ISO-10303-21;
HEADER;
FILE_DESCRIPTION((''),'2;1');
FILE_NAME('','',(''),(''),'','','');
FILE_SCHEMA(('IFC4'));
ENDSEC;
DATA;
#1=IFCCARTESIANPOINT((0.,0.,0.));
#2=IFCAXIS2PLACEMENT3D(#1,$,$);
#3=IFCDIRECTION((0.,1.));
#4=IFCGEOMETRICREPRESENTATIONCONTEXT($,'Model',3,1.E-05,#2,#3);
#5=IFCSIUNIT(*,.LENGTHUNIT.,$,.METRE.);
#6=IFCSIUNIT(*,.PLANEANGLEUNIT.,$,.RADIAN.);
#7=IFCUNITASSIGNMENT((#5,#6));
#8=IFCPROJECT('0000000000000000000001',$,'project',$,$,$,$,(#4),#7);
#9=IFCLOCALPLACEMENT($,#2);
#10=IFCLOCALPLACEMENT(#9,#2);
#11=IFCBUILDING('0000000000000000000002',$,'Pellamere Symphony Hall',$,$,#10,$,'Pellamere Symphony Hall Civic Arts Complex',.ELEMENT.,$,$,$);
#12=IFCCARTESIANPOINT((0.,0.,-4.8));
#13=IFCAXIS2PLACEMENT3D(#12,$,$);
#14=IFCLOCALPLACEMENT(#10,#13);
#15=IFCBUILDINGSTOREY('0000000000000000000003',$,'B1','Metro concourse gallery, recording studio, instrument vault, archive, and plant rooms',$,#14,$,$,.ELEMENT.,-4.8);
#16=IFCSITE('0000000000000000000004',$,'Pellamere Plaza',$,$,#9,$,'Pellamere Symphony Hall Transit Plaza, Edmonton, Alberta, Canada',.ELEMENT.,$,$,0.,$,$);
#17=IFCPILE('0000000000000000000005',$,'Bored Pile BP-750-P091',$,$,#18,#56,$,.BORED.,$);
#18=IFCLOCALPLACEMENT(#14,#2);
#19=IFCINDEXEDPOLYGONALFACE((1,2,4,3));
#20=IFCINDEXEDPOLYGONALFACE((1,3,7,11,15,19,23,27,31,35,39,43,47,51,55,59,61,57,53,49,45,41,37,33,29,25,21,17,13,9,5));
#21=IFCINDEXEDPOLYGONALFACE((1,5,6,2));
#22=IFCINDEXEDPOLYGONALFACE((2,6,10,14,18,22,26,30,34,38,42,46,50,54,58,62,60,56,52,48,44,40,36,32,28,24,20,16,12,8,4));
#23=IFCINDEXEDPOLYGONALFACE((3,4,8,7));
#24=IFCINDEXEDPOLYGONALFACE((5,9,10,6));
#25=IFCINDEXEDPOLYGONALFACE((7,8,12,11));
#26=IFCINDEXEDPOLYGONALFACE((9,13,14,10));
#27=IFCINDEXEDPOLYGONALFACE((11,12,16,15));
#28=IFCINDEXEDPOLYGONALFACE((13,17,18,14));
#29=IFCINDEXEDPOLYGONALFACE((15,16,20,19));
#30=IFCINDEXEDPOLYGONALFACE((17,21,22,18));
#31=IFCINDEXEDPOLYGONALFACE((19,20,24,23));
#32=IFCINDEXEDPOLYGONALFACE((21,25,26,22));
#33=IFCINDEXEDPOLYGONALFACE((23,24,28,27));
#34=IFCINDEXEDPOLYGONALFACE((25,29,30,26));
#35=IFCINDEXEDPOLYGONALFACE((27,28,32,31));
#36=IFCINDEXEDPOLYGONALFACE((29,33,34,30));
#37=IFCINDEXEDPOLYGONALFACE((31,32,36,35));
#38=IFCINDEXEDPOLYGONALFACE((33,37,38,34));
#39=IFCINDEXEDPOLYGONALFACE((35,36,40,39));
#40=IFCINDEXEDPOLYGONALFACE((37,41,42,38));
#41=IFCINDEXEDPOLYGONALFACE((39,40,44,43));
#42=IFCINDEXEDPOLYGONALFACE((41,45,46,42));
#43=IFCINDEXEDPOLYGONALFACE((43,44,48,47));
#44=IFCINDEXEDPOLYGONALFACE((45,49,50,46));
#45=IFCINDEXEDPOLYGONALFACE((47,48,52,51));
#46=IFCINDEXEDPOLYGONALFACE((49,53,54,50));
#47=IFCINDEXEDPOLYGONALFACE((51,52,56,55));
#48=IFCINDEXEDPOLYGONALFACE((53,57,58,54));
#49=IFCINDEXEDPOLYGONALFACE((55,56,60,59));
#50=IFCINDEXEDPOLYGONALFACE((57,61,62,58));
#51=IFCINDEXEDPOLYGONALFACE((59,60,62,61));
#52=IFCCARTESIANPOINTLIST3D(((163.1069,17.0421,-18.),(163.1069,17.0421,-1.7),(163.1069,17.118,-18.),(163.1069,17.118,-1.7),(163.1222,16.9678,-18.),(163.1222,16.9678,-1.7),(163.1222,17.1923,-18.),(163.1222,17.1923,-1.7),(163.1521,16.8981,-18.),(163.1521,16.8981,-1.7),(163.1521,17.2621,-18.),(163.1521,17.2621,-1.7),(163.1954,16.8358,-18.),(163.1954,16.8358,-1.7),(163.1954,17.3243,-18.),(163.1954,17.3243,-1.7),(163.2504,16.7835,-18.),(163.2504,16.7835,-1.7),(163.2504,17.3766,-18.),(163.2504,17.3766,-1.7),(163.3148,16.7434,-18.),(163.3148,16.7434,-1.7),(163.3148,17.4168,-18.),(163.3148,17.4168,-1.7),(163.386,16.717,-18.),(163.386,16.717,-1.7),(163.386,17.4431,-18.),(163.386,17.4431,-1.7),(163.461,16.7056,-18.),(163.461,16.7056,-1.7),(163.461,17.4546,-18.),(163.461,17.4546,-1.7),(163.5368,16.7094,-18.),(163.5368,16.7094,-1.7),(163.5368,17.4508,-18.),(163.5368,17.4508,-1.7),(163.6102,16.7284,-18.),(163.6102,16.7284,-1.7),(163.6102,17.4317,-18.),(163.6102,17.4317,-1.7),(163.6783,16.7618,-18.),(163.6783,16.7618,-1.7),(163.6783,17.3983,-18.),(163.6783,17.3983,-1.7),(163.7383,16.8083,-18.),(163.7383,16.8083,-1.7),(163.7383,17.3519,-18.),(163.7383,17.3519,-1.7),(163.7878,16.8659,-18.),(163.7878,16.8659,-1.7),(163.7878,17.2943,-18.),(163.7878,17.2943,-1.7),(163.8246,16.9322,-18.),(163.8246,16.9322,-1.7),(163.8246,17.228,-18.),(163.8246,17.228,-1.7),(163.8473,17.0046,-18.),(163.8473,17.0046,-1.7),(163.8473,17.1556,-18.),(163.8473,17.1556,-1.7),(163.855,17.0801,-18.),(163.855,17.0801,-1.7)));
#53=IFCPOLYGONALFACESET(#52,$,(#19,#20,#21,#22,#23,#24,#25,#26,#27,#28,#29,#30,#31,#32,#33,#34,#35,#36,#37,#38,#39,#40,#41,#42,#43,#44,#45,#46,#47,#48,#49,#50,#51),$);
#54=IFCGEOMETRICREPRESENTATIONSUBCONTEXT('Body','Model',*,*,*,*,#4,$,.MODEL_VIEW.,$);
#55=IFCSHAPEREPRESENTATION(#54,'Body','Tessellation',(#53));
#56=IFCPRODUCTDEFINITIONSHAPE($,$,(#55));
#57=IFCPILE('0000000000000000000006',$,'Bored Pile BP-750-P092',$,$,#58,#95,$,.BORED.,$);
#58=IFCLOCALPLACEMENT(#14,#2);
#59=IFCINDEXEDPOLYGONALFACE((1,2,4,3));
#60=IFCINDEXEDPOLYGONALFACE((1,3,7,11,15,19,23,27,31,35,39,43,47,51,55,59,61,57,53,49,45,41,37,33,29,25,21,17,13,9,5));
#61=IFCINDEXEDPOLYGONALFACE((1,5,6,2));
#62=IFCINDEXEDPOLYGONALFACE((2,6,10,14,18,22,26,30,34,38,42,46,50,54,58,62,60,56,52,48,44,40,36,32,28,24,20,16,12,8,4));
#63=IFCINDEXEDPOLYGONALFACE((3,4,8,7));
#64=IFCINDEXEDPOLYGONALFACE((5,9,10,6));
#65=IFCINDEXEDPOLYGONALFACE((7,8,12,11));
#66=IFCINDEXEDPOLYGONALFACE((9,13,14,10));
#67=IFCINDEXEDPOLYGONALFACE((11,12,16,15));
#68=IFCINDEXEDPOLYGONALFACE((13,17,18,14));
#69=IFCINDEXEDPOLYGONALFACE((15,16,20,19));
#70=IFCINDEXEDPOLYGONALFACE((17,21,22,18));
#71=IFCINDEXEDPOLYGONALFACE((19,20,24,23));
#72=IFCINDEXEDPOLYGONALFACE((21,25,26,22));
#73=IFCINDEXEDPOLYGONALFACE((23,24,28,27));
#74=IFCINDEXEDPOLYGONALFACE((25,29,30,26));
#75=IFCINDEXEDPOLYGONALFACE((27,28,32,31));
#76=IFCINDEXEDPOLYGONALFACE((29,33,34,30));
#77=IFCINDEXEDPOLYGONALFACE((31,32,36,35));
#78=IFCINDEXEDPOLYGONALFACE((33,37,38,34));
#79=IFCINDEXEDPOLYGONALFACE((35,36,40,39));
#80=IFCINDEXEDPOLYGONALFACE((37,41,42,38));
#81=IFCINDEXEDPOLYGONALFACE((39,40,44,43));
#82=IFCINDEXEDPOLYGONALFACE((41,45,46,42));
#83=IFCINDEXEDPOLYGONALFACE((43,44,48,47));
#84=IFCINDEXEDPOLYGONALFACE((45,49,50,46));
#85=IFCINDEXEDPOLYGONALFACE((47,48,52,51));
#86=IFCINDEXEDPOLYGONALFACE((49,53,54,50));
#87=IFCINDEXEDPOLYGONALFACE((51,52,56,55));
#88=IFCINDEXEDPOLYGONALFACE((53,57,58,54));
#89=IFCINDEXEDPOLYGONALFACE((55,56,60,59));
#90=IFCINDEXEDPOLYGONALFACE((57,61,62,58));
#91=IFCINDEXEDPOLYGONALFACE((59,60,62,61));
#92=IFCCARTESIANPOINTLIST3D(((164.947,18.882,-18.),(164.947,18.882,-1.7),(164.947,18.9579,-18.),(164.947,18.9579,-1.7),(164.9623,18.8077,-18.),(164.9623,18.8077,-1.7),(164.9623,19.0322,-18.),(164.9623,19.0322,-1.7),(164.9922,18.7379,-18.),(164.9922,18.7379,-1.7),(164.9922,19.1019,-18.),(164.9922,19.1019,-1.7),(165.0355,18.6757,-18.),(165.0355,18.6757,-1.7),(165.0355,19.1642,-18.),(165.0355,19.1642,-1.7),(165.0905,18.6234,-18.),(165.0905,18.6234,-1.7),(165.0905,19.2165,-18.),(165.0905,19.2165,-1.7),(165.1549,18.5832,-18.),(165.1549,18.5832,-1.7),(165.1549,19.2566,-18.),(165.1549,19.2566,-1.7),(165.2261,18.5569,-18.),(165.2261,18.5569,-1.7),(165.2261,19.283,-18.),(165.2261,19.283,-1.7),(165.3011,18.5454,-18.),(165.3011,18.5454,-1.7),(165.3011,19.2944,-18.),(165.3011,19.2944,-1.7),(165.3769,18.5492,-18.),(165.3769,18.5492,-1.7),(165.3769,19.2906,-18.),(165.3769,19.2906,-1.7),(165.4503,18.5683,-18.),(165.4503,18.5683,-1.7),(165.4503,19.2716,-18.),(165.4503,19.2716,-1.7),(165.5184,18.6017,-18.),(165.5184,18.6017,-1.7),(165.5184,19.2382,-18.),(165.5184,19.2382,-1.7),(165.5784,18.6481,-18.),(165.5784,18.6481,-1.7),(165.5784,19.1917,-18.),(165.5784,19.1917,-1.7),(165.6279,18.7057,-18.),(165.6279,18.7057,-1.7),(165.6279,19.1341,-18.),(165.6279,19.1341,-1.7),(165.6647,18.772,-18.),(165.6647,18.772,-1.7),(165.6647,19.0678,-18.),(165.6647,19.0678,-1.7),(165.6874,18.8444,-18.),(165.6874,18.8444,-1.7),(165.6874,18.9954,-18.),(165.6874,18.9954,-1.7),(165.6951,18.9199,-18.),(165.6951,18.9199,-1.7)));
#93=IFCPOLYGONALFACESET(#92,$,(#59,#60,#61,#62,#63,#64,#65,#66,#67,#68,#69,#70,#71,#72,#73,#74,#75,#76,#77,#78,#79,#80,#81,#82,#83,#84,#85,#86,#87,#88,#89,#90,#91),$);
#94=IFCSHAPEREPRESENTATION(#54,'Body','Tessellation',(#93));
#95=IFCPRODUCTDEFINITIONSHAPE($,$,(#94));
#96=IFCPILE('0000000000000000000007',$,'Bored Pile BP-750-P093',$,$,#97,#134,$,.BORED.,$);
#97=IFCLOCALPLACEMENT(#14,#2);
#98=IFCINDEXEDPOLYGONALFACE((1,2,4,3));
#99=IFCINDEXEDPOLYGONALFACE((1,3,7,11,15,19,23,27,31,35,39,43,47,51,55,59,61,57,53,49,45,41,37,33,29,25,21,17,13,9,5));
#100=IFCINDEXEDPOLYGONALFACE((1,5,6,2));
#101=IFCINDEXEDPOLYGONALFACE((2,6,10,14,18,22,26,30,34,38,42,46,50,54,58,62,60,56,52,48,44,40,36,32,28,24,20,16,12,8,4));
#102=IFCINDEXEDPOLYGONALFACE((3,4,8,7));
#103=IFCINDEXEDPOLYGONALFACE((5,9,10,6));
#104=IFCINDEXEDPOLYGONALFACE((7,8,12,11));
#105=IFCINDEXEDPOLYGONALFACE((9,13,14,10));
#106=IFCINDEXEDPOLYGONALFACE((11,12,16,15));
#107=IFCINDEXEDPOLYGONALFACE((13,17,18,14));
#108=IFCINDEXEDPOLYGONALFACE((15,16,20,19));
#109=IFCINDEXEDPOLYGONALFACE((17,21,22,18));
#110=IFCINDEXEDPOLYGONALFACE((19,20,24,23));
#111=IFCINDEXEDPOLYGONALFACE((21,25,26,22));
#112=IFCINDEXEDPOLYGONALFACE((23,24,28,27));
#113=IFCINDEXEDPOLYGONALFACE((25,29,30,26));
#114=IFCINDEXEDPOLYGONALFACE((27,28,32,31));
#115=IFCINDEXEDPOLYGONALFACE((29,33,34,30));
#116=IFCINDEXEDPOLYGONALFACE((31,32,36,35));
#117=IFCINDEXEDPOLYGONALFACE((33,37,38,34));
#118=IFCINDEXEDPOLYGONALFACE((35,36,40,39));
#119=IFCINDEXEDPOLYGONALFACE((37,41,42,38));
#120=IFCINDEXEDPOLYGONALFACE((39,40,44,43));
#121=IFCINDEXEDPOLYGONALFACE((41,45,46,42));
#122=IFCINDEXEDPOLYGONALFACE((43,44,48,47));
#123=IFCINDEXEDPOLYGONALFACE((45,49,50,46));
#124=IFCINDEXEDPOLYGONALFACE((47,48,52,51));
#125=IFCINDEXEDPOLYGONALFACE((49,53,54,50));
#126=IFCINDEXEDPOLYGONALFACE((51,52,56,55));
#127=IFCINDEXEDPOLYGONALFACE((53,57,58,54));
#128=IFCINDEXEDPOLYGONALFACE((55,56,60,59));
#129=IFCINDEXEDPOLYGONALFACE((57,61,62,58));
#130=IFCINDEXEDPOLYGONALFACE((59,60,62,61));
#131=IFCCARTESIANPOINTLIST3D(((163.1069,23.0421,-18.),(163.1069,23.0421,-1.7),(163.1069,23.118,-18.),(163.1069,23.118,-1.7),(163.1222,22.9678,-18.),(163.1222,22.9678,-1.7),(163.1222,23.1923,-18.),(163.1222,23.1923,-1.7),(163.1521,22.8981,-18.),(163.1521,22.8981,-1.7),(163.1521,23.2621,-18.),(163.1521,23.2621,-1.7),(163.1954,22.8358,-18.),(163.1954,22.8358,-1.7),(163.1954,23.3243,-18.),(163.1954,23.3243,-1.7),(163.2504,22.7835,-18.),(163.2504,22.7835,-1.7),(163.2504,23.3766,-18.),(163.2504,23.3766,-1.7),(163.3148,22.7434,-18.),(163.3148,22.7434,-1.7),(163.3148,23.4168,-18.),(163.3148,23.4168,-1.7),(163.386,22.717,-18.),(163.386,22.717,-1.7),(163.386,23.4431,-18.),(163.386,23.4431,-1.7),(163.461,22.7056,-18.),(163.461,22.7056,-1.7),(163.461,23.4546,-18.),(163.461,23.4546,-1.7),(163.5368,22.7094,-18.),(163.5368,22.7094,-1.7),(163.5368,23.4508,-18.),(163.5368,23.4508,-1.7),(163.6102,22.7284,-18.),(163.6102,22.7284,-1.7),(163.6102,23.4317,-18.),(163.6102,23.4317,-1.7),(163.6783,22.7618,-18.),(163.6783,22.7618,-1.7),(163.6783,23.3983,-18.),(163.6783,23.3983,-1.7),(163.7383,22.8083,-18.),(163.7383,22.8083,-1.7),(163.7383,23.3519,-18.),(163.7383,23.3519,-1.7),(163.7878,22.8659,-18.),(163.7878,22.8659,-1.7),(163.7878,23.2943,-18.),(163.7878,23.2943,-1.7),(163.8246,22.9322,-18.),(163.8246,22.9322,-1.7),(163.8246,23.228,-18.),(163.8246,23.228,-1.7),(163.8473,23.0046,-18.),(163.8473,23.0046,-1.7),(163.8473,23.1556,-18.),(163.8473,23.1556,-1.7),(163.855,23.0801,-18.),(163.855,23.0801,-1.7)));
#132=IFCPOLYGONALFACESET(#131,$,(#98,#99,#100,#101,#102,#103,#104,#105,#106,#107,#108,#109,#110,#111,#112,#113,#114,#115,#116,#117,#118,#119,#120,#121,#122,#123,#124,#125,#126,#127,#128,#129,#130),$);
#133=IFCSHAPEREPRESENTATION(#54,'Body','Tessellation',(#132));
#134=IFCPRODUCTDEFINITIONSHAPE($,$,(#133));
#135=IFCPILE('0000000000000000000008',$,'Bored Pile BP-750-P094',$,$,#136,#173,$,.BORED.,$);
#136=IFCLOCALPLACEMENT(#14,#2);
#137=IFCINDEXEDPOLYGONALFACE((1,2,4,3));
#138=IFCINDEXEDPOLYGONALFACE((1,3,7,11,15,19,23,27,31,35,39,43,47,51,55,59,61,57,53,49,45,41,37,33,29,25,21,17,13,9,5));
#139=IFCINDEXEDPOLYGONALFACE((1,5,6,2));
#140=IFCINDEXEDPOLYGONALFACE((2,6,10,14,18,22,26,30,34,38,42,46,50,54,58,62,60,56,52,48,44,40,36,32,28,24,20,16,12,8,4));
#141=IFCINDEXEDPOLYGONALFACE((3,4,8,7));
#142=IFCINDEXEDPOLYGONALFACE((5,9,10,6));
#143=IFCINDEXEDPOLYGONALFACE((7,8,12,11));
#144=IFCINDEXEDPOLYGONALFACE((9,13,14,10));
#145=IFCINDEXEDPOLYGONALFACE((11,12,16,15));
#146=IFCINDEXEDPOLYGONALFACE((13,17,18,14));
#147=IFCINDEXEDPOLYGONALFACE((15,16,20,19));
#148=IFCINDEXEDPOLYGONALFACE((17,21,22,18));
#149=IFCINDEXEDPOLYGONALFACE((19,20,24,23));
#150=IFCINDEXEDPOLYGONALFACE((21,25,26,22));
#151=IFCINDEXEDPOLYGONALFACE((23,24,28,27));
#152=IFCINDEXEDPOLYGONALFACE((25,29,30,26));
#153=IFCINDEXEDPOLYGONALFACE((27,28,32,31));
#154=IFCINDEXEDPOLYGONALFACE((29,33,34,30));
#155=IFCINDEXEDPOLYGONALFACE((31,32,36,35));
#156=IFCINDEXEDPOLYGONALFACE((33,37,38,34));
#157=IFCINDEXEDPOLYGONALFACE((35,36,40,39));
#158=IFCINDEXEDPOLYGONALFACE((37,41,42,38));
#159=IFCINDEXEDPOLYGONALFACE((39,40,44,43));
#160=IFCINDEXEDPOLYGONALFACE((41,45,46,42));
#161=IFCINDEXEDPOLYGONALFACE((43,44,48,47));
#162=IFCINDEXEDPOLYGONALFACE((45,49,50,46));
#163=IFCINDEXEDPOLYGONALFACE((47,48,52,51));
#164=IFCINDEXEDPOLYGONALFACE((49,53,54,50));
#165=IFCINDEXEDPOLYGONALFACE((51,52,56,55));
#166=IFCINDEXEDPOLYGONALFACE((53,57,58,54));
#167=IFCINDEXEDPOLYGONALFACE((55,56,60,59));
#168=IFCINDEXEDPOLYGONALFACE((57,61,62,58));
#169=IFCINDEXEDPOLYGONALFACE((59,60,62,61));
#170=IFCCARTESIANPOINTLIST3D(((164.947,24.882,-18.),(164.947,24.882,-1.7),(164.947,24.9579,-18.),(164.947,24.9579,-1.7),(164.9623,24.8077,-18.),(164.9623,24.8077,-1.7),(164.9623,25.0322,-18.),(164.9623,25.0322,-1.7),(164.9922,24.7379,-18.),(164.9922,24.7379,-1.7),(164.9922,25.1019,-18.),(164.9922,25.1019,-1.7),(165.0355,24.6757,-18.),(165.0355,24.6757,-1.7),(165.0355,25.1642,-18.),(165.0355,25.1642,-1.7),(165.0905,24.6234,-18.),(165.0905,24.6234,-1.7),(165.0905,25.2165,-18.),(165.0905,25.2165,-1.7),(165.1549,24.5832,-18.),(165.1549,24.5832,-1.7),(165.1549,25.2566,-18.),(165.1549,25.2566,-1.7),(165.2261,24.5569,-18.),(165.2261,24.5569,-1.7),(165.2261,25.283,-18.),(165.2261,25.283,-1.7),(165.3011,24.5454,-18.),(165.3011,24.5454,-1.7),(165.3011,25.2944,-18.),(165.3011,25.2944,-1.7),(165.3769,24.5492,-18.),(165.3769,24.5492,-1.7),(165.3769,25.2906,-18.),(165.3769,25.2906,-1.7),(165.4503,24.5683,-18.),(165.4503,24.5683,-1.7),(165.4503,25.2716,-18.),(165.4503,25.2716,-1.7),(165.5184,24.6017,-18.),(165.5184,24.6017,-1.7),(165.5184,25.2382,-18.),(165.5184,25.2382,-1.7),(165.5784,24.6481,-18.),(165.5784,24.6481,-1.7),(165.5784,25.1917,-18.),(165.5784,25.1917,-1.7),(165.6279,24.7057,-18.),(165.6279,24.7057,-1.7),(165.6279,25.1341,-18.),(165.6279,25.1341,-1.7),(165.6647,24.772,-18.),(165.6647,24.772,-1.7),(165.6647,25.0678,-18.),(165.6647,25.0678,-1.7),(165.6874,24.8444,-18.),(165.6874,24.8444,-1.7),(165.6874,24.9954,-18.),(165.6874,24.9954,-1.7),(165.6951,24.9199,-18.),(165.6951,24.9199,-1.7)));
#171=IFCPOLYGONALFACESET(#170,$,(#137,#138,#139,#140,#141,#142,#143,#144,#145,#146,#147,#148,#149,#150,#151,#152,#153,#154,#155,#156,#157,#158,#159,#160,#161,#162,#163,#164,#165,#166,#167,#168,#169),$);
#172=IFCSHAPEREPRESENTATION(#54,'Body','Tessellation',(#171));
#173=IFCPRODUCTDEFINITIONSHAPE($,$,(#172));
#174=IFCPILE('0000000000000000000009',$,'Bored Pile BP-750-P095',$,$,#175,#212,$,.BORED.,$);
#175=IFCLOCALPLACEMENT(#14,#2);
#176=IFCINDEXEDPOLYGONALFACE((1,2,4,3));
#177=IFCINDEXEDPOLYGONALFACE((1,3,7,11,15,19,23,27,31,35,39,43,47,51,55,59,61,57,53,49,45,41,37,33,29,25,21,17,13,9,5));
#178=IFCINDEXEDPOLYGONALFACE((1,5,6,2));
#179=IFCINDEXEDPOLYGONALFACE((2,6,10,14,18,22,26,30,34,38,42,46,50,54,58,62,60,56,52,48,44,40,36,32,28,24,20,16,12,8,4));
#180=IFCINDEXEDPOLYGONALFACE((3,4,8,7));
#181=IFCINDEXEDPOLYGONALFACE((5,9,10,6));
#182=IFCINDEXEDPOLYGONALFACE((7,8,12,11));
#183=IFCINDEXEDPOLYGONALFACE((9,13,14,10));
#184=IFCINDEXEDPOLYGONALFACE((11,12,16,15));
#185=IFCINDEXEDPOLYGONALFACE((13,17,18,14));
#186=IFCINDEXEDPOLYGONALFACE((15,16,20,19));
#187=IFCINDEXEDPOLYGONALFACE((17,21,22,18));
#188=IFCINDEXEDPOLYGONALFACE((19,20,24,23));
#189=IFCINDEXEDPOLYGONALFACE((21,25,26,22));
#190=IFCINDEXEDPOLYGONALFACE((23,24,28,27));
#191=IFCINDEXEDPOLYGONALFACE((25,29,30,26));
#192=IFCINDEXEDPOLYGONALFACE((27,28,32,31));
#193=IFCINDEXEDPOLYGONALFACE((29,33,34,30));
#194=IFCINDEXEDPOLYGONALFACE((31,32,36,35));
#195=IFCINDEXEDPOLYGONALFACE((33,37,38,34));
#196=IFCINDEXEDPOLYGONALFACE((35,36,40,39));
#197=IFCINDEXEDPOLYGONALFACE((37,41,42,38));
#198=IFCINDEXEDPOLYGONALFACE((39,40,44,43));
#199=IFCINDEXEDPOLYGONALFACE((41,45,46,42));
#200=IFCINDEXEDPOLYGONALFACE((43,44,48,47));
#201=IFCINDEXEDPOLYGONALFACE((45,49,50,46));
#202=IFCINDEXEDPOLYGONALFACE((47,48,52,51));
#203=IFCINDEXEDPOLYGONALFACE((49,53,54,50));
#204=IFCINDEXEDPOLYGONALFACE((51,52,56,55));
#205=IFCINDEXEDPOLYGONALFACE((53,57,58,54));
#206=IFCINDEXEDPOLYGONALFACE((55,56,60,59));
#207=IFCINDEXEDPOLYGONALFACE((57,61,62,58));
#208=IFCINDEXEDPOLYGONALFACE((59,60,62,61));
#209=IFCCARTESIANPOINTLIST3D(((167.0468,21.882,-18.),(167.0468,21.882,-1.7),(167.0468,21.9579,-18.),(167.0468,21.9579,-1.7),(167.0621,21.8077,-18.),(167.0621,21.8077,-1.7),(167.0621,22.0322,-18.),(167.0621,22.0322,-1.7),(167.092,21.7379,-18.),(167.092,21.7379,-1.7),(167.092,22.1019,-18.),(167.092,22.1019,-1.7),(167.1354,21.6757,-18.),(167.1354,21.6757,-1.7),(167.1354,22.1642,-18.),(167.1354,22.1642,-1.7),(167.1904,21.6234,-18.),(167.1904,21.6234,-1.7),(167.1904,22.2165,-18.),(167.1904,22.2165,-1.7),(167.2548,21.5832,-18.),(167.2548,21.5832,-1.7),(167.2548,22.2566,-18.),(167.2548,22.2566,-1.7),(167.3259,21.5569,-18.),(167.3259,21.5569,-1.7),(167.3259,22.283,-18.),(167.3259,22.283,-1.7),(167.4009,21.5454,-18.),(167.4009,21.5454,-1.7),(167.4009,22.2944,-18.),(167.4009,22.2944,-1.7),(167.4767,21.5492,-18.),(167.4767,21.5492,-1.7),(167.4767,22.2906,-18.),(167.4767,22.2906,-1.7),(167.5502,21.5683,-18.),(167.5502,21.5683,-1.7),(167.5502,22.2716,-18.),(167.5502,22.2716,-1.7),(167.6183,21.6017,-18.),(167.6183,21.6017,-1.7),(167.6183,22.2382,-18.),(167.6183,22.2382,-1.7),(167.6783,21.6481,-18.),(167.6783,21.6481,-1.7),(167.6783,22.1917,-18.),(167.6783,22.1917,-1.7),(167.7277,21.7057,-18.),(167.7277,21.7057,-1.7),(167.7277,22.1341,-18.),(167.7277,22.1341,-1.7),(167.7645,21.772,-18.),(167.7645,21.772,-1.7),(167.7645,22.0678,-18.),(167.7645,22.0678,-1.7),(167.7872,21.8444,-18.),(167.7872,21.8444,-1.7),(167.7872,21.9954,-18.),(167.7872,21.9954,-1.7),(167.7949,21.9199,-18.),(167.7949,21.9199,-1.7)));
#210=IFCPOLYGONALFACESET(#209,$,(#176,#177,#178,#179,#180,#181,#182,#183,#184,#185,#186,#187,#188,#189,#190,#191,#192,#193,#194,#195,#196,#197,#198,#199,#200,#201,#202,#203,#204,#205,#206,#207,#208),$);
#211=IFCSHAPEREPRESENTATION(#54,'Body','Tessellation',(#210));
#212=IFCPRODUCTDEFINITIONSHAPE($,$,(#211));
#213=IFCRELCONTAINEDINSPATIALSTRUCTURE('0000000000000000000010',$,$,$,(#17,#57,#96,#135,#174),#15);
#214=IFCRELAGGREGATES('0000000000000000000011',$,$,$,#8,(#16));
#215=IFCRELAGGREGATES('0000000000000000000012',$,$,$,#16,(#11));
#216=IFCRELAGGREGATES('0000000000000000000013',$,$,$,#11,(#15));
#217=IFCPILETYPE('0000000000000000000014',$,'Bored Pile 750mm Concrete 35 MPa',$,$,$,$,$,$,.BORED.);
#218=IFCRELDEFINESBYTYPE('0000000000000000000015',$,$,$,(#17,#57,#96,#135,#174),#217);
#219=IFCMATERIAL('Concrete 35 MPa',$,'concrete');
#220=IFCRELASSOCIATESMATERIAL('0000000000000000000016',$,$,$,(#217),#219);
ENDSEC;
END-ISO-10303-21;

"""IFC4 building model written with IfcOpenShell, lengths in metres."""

from ifc_helpers import new_model, si_unit, direction, frame, origin, origin_2d, place, context, subcontext, project, spatial, circle, extrude, material, material_profile, profile_set, type_object, element, save


model = new_model("IFC4")

# Units and contexts
model_context = context("Model", 3, precision=1e-05, world=origin(), true_north=direction((0.0, 1.0)))
body_context = subcontext(model_context, "Body", "Model", "MODEL_VIEW")
ifc_project = project(units=[si_unit("LENGTHUNIT", "METRE"), si_unit("PLANEANGLEUNIT", "RADIAN")], contexts=[model_context])

# Site, building, storey
site_placement = place(None, origin())
site = spatial("IfcSite", under=ifc_project, at=site_placement, Name="Pellamere Plaza", LongName="Pellamere Symphony Hall Transit Plaza, Edmonton, Alberta, Canada", CompositionType="ELEMENT", RefElevation=0.0)
building_placement = place(site_placement, origin())
building = spatial("IfcBuilding", under=site, at=building_placement, Name="Pellamere Symphony Hall", LongName="Pellamere Symphony Hall Civic Arts Complex", CompositionType="ELEMENT")
storey_placement = place(building_placement, frame((0.0, 0.0, -4.8)))
storey = spatial("IfcBuildingStorey", under=building, at=storey_placement, Name="B1", Description="Metro concourse gallery, recording studio, instrument vault, archive, and plant rooms", CompositionType="ELEMENT", Elevation=-4.8)

# Piles
ifc_material_1 = material(Name="Concrete 35 MPa", Category="concrete")
ifc_material_profile_1 = material_profile(ifc_material_1, circle(Radius=0.375, at=origin_2d()), Name="PILE D750")
ifc_profile_set_1 = profile_set([ifc_material_profile_1], Name="Concrete 35 MPa")
pile_type = type_object("IfcPileType", Name="Bored Pile 750mm Concrete 35 MPa", PredefinedType="BORED", material=ifc_profile_set_1)
for number, where, z_axis, x_axis, name in (
    (1, (163.48, 17.0801, -1.7), (0.0, 0.0, -1.0), (1.0, 0.0, 0.0), "Bored Pile BP-750-P091"),
    (2, (165.3201, 18.9199, -1.7), (0.0, 0.0, -1.0), (1.0, 0.0, 0.0), "Bored Pile BP-750-P092"),
    (3, (163.48, 23.0801, -1.7), (0.0, 0.0, -1.0), (1.0, 0.0, 0.0), "Bored Pile BP-750-P093"),
    (4, (165.3201, 24.9199, -1.7), (0.0, 0.0, -1.0), (1.0, 0.0, 0.0), "Bored Pile BP-750-P094"),
    (5, (167.4199, 21.9199, -1.7), (0.0, 0.0, -1.0), (1.0, 0.0, 0.0), "Bored Pile BP-750-P095"),
):
    element("IfcPile", number, at=place(storey_placement, frame(where, z_axis=z_axis, x_axis=x_axis)), inside=storey, type_object=pile_type, Name=name, PredefinedType="BORED", context=body_context, shape_type="SweptSolid", body=[
        extrude(circle(Radius=0.375, at=origin_2d()), origin(), (0.0, 0.0, 1.0), 16.3),
    ])

save(model, "model.ifc")
